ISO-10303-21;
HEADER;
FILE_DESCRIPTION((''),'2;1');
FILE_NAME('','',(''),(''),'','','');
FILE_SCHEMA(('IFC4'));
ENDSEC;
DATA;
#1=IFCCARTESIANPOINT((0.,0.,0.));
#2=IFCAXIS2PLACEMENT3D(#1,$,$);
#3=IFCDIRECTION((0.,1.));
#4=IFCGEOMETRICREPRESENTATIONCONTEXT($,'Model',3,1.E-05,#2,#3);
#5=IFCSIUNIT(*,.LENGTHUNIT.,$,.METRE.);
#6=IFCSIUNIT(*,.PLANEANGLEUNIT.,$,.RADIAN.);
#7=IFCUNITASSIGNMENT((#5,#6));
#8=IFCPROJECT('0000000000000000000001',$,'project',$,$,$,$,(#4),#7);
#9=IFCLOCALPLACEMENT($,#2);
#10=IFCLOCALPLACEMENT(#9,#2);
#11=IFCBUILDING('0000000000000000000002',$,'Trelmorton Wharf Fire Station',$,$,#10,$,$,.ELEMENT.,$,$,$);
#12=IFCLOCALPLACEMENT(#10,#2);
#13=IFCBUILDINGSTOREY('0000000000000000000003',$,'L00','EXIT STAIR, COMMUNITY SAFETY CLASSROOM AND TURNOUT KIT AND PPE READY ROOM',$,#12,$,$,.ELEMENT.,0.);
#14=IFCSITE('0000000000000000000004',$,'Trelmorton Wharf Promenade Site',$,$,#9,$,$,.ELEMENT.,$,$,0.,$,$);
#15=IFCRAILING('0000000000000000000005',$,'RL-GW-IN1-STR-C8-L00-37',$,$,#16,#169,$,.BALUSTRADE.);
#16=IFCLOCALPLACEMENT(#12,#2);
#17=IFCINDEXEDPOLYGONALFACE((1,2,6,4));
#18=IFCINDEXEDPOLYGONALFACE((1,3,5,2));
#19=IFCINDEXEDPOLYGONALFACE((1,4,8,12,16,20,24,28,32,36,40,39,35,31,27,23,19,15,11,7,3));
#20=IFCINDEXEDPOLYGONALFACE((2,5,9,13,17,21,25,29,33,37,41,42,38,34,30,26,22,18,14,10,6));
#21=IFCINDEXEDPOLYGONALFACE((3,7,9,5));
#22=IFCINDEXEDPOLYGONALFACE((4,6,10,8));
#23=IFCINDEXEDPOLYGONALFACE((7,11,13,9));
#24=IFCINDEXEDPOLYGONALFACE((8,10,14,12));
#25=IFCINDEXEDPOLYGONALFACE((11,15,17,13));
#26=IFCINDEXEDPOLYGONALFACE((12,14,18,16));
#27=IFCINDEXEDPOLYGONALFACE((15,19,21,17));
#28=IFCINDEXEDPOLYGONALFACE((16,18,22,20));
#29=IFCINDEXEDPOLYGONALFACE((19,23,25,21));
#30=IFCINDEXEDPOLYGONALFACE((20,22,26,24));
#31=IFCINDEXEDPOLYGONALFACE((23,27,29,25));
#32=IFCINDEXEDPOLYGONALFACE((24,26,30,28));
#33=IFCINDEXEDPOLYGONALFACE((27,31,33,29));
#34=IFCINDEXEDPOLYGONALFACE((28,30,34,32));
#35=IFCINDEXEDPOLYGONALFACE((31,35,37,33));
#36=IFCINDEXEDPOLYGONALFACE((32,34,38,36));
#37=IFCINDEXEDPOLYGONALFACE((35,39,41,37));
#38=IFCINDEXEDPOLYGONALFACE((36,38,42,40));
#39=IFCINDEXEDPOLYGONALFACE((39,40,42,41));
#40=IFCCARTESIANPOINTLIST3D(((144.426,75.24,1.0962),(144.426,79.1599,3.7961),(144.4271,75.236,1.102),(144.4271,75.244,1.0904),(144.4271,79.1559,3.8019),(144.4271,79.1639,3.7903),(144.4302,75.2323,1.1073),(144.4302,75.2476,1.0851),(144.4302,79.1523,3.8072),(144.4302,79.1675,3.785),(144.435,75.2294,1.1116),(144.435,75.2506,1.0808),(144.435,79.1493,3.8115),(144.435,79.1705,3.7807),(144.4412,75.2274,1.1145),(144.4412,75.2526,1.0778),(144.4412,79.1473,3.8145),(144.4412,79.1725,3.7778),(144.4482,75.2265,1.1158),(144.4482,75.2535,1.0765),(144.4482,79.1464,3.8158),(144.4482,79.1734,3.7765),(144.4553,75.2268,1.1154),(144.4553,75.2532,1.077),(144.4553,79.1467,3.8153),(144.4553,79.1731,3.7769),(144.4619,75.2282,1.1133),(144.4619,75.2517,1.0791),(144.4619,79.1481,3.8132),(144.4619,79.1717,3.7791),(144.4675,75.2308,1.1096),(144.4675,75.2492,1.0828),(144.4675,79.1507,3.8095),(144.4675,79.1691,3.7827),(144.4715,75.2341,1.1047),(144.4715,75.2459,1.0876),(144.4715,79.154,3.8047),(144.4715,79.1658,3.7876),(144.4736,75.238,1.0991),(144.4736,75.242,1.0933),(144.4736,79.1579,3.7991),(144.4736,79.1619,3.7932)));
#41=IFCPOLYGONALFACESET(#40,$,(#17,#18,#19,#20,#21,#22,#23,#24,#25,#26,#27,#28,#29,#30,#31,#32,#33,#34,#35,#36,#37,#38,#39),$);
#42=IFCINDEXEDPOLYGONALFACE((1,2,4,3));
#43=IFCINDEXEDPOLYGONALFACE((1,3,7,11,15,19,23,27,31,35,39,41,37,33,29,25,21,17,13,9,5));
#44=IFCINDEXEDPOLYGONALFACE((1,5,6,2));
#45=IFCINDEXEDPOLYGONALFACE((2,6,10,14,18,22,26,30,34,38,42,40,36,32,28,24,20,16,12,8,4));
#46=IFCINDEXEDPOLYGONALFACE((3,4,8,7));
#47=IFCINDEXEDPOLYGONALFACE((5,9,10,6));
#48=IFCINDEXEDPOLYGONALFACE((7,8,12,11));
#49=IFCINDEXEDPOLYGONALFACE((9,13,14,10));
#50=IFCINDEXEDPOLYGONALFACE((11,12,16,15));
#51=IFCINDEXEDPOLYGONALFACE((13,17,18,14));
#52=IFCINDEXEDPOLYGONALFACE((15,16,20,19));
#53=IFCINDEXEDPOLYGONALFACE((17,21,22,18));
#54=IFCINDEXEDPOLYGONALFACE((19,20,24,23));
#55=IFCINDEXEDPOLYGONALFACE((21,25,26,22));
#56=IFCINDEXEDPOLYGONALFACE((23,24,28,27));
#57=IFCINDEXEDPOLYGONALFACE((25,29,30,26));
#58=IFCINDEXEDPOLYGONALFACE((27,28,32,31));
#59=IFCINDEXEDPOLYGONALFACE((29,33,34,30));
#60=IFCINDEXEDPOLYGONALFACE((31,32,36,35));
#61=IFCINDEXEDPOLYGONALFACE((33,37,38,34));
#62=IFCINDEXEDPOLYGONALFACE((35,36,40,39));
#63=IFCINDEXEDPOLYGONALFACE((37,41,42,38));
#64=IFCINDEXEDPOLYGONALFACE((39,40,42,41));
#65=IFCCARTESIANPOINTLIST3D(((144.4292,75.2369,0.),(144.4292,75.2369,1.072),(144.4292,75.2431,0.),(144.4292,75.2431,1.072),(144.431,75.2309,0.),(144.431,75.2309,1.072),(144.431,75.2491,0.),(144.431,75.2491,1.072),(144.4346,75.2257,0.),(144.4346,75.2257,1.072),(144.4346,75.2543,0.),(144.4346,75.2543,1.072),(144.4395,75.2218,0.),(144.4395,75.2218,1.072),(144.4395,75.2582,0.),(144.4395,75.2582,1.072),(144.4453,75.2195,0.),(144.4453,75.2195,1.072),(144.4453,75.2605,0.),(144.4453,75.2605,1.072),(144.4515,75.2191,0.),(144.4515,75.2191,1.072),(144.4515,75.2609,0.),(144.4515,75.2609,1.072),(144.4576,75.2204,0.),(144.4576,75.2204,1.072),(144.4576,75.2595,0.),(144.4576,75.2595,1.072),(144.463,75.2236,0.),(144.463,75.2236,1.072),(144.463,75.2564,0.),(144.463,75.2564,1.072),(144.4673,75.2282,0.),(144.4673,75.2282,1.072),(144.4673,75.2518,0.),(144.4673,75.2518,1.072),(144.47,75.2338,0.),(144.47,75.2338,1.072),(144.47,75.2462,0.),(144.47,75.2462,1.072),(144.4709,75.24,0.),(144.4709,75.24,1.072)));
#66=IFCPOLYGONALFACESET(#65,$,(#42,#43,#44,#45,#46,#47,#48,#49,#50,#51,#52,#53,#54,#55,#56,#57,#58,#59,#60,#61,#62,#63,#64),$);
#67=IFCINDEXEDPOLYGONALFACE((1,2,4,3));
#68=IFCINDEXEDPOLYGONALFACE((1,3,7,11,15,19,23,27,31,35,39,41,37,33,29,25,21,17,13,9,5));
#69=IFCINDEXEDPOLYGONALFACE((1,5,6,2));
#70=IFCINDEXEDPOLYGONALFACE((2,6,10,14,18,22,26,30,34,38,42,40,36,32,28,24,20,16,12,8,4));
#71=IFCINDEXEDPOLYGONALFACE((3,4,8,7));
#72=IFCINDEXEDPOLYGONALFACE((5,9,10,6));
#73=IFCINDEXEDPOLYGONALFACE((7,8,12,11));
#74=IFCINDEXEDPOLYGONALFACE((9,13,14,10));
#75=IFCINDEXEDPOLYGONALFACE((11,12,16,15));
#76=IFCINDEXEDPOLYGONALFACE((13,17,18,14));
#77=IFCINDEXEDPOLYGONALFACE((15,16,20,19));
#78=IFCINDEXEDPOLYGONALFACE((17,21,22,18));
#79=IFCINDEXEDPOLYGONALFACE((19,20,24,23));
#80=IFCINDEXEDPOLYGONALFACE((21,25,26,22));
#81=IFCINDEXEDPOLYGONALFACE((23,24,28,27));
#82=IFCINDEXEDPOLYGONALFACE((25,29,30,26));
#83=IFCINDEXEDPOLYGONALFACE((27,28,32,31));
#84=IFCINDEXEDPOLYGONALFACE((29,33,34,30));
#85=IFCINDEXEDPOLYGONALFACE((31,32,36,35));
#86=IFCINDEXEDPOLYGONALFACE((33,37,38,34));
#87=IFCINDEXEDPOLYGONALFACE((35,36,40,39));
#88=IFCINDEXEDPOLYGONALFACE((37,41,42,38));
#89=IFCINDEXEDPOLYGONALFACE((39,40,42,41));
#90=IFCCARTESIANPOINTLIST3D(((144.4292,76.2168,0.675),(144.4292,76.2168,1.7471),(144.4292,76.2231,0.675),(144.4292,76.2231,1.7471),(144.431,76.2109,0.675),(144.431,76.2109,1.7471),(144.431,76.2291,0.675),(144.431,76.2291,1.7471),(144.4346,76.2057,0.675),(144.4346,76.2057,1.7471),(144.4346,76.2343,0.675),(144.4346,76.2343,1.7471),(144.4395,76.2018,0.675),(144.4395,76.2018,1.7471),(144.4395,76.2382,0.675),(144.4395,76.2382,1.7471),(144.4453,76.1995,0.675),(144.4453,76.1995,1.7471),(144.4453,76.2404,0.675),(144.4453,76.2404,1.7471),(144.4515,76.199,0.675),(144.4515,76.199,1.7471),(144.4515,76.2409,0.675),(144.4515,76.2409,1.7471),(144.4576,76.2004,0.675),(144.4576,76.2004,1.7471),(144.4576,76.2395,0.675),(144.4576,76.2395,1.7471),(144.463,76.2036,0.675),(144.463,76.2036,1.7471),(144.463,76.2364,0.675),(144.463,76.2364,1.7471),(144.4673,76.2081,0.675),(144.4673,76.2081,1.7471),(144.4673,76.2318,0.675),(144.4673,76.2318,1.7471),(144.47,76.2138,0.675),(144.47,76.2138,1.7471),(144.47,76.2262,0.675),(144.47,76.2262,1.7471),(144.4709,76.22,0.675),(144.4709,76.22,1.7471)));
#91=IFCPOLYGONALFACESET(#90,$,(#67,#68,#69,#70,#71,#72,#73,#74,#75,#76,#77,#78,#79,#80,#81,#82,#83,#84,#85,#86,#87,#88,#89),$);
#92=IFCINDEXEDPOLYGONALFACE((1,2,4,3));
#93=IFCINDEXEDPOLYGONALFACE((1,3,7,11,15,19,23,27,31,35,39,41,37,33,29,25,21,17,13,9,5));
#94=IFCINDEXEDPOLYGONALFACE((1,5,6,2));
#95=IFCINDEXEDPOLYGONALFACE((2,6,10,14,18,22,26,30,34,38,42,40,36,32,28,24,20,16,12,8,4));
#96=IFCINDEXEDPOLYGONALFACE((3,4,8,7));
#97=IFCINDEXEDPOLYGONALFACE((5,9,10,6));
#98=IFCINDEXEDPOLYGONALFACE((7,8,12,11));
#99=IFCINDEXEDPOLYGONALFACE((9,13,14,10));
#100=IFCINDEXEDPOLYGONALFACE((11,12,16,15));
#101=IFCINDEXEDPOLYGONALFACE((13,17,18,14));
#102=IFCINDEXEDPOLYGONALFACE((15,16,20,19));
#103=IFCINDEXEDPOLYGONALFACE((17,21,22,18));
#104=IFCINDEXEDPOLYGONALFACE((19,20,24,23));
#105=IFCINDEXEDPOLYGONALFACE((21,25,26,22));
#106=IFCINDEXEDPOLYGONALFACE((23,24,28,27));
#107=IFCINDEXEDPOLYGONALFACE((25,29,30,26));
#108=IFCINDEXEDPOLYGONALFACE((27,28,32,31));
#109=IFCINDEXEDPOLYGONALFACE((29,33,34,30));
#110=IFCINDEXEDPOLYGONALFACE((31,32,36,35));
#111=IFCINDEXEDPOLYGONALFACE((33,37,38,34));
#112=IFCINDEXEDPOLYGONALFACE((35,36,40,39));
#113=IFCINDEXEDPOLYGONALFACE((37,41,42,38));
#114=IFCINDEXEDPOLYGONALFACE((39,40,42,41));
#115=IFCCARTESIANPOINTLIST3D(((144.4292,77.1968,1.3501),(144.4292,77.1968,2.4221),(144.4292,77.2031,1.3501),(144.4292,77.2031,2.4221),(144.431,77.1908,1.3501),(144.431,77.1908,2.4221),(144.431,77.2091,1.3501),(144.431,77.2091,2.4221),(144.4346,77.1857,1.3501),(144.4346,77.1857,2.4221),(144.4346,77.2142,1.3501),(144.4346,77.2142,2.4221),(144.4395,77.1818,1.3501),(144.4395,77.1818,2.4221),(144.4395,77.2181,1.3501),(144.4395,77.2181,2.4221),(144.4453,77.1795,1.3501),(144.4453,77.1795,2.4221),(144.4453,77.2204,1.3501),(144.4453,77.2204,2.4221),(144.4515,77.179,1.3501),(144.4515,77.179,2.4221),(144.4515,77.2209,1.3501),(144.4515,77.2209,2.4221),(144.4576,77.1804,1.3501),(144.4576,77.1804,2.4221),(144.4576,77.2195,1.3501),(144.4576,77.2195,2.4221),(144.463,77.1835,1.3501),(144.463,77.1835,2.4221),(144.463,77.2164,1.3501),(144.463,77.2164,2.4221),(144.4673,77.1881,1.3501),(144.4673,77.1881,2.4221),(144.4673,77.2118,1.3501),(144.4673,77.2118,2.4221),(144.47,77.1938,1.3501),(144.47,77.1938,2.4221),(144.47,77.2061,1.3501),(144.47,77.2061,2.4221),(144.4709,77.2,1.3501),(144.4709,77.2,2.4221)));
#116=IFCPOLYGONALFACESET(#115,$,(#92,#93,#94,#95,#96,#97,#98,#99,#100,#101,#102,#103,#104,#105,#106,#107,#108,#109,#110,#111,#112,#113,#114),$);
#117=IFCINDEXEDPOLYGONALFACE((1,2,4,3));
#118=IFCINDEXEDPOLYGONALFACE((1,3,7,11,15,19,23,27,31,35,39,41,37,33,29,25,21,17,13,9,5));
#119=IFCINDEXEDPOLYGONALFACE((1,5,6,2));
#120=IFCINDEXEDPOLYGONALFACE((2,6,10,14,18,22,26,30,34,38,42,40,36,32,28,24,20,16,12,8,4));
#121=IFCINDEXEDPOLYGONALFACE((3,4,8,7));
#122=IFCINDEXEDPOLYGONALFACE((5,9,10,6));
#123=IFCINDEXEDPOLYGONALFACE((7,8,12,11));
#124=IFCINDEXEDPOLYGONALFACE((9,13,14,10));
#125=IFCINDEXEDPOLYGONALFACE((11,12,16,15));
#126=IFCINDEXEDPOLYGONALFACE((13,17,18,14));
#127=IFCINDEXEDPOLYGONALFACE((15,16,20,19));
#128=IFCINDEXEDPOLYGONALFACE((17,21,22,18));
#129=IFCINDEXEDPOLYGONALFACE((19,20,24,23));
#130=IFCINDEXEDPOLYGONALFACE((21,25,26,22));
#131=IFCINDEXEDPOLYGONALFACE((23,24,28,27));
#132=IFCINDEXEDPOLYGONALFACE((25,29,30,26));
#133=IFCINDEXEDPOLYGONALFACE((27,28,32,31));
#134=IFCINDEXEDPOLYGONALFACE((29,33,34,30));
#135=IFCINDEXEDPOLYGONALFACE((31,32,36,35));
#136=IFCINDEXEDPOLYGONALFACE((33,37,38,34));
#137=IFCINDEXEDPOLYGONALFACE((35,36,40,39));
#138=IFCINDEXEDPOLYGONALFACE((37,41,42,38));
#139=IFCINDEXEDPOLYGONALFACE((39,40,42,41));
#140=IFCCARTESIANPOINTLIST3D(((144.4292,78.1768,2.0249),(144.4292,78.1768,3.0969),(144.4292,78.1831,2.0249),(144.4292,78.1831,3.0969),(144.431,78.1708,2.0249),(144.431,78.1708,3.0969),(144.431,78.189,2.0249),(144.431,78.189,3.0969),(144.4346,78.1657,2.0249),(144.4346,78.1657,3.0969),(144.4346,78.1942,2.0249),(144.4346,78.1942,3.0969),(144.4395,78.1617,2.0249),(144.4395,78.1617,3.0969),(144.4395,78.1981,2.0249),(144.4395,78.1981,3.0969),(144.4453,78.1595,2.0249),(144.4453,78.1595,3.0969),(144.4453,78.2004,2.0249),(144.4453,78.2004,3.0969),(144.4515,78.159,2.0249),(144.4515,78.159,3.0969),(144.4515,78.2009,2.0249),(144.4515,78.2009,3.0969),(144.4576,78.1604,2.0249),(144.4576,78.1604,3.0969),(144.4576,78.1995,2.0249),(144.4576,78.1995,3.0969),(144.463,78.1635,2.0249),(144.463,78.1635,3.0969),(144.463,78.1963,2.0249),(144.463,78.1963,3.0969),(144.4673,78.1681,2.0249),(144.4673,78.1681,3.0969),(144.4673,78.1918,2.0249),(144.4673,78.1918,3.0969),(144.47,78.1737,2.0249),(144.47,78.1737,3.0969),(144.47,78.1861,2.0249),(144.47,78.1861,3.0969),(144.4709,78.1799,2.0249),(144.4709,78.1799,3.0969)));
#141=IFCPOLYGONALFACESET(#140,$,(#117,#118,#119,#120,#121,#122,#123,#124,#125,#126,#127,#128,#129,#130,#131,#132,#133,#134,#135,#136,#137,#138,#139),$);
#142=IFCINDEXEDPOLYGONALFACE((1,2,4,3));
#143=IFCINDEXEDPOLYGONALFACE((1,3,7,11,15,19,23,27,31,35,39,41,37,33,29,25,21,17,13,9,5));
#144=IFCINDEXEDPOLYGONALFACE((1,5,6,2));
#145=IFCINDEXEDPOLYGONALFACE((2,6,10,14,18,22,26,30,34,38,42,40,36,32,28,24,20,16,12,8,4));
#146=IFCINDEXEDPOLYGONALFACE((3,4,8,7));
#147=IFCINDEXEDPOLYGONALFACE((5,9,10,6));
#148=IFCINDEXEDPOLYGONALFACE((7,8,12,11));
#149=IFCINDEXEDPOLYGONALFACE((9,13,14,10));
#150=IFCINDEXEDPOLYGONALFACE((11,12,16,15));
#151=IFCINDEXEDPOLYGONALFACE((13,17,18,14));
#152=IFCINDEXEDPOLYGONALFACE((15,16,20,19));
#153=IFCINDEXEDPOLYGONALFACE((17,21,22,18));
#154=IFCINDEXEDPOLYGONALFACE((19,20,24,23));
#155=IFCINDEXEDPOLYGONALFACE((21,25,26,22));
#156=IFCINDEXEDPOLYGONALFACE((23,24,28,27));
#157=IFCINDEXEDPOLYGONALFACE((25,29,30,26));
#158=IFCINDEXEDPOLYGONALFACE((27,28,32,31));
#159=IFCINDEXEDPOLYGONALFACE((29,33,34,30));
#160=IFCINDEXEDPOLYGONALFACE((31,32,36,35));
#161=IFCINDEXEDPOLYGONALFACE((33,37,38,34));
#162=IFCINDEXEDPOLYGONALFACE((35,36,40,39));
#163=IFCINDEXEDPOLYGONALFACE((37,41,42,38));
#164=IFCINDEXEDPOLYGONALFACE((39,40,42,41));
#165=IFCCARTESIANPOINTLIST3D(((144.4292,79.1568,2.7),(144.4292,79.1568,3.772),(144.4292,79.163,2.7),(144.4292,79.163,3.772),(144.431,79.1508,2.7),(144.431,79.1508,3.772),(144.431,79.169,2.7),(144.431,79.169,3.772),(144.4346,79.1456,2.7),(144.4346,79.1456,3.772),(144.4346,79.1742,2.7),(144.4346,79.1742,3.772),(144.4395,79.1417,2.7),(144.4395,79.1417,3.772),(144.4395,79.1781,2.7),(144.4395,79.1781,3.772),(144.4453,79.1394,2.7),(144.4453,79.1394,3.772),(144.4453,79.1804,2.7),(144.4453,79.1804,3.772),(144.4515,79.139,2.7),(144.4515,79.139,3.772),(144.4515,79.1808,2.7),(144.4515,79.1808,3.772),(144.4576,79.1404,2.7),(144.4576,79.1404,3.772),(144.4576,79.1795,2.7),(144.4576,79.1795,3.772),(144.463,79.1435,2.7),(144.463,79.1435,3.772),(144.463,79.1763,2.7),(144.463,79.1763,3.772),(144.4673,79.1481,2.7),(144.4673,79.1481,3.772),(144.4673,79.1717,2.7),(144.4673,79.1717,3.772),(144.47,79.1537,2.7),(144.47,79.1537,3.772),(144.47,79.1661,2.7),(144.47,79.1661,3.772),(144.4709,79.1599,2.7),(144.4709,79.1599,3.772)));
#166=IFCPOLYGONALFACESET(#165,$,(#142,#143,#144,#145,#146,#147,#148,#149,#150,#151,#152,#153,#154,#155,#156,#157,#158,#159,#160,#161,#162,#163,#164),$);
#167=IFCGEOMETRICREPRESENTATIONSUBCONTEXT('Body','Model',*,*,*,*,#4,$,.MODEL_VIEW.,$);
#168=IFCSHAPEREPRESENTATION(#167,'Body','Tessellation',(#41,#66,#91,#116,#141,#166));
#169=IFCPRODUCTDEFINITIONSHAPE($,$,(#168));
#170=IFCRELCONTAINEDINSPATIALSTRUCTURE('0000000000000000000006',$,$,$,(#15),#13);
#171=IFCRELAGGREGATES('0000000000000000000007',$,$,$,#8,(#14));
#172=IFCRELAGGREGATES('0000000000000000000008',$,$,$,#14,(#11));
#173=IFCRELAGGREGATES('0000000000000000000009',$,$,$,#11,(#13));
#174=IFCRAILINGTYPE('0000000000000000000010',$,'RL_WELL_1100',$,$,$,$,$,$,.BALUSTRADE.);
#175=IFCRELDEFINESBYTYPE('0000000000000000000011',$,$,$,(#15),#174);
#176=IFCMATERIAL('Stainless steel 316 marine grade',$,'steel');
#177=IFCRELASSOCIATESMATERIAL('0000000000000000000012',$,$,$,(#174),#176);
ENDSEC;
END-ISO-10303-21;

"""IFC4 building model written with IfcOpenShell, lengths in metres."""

from ifc_helpers import new_model, si_unit, direction, frame, origin, origin_2d, place, context, subcontext, project, spatial, circle, extrude, material, type_object, element, save


model = new_model("IFC4")

# Units and contexts
model_context = context("Model", 3, precision=1e-05, world=origin(), true_north=direction((0.0, 1.0)))
body_context = subcontext(model_context, "Body", "Model", "MODEL_VIEW")
ifc_project = project(units=[si_unit("LENGTHUNIT", "METRE"), si_unit("PLANEANGLEUNIT", "RADIAN")], contexts=[model_context])

# Site, building, storey
site_placement = place(None, origin())
site = spatial("IfcSite", under=ifc_project, at=site_placement, Name="Trelmorton Wharf Promenade Site", CompositionType="ELEMENT", RefElevation=0.0)
building_placement = place(site_placement, origin())
building = spatial("IfcBuilding", under=site, at=building_placement, Name="Trelmorton Wharf Fire Station", CompositionType="ELEMENT")
storey_placement = place(building_placement, origin())
storey = spatial("IfcBuildingStorey", under=building, at=storey_placement, Name="L00", Description="EXIT STAIR, COMMUNITY SAFETY CLASSROOM AND TURNOUT KIT AND PPE READY ROOM", CompositionType="ELEMENT", Elevation=0.0)

# Railing
ifc_material_1 = material(Name="Stainless steel 316 marine grade", Category="steel")
railing_type_1 = type_object("IfcRailingType", Name="RL_WELL_1100", PredefinedType="BALUSTRADE", material=ifc_material_1)
railing_1_placement = place(storey_placement, frame((144.45, 75.24, 0.0)))
element("IfcRailing", 1, at=railing_1_placement, inside=storey, type_object=railing_type_1, Name="RL-GW-IN1-STR-C8-L00-37", PredefinedType="BALUSTRADE", context=body_context, shape_type="SweptSolid", body=[
    extrude(circle(Radius=0.0239, at=origin_2d()), frame((0.0, 0.0, 1.0962), z_axis=(0.0, 0.823551, 0.567243), x_axis=(-1.0, 0.0, 0.0)), (0.0, 0.0, 1.0), 4.7598),
    extrude(circle(Radius=0.021, at=origin_2d()), origin(), (0.0, 0.0, 1.0), 1.072),
    extrude(circle(Radius=0.021, at=origin_2d()), frame((0.0, 0.98, 0.675)), (0.0, 0.0, 1.0), 1.072),
    extrude(circle(Radius=0.021, at=origin_2d()), frame((0.0, 1.96, 1.3501)), (0.0, 0.0, 1.0), 1.072),
    extrude(circle(Radius=0.021, at=origin_2d()), frame((0.0, 2.9399, 2.0249)), (0.0, 0.0, 1.0), 1.072),
    extrude(circle(Radius=0.021, at=origin_2d()), frame((0.0, 3.9199, 2.7)), (0.0, 0.0, 1.0), 1.072),
])

save(model, "model.ifc")
